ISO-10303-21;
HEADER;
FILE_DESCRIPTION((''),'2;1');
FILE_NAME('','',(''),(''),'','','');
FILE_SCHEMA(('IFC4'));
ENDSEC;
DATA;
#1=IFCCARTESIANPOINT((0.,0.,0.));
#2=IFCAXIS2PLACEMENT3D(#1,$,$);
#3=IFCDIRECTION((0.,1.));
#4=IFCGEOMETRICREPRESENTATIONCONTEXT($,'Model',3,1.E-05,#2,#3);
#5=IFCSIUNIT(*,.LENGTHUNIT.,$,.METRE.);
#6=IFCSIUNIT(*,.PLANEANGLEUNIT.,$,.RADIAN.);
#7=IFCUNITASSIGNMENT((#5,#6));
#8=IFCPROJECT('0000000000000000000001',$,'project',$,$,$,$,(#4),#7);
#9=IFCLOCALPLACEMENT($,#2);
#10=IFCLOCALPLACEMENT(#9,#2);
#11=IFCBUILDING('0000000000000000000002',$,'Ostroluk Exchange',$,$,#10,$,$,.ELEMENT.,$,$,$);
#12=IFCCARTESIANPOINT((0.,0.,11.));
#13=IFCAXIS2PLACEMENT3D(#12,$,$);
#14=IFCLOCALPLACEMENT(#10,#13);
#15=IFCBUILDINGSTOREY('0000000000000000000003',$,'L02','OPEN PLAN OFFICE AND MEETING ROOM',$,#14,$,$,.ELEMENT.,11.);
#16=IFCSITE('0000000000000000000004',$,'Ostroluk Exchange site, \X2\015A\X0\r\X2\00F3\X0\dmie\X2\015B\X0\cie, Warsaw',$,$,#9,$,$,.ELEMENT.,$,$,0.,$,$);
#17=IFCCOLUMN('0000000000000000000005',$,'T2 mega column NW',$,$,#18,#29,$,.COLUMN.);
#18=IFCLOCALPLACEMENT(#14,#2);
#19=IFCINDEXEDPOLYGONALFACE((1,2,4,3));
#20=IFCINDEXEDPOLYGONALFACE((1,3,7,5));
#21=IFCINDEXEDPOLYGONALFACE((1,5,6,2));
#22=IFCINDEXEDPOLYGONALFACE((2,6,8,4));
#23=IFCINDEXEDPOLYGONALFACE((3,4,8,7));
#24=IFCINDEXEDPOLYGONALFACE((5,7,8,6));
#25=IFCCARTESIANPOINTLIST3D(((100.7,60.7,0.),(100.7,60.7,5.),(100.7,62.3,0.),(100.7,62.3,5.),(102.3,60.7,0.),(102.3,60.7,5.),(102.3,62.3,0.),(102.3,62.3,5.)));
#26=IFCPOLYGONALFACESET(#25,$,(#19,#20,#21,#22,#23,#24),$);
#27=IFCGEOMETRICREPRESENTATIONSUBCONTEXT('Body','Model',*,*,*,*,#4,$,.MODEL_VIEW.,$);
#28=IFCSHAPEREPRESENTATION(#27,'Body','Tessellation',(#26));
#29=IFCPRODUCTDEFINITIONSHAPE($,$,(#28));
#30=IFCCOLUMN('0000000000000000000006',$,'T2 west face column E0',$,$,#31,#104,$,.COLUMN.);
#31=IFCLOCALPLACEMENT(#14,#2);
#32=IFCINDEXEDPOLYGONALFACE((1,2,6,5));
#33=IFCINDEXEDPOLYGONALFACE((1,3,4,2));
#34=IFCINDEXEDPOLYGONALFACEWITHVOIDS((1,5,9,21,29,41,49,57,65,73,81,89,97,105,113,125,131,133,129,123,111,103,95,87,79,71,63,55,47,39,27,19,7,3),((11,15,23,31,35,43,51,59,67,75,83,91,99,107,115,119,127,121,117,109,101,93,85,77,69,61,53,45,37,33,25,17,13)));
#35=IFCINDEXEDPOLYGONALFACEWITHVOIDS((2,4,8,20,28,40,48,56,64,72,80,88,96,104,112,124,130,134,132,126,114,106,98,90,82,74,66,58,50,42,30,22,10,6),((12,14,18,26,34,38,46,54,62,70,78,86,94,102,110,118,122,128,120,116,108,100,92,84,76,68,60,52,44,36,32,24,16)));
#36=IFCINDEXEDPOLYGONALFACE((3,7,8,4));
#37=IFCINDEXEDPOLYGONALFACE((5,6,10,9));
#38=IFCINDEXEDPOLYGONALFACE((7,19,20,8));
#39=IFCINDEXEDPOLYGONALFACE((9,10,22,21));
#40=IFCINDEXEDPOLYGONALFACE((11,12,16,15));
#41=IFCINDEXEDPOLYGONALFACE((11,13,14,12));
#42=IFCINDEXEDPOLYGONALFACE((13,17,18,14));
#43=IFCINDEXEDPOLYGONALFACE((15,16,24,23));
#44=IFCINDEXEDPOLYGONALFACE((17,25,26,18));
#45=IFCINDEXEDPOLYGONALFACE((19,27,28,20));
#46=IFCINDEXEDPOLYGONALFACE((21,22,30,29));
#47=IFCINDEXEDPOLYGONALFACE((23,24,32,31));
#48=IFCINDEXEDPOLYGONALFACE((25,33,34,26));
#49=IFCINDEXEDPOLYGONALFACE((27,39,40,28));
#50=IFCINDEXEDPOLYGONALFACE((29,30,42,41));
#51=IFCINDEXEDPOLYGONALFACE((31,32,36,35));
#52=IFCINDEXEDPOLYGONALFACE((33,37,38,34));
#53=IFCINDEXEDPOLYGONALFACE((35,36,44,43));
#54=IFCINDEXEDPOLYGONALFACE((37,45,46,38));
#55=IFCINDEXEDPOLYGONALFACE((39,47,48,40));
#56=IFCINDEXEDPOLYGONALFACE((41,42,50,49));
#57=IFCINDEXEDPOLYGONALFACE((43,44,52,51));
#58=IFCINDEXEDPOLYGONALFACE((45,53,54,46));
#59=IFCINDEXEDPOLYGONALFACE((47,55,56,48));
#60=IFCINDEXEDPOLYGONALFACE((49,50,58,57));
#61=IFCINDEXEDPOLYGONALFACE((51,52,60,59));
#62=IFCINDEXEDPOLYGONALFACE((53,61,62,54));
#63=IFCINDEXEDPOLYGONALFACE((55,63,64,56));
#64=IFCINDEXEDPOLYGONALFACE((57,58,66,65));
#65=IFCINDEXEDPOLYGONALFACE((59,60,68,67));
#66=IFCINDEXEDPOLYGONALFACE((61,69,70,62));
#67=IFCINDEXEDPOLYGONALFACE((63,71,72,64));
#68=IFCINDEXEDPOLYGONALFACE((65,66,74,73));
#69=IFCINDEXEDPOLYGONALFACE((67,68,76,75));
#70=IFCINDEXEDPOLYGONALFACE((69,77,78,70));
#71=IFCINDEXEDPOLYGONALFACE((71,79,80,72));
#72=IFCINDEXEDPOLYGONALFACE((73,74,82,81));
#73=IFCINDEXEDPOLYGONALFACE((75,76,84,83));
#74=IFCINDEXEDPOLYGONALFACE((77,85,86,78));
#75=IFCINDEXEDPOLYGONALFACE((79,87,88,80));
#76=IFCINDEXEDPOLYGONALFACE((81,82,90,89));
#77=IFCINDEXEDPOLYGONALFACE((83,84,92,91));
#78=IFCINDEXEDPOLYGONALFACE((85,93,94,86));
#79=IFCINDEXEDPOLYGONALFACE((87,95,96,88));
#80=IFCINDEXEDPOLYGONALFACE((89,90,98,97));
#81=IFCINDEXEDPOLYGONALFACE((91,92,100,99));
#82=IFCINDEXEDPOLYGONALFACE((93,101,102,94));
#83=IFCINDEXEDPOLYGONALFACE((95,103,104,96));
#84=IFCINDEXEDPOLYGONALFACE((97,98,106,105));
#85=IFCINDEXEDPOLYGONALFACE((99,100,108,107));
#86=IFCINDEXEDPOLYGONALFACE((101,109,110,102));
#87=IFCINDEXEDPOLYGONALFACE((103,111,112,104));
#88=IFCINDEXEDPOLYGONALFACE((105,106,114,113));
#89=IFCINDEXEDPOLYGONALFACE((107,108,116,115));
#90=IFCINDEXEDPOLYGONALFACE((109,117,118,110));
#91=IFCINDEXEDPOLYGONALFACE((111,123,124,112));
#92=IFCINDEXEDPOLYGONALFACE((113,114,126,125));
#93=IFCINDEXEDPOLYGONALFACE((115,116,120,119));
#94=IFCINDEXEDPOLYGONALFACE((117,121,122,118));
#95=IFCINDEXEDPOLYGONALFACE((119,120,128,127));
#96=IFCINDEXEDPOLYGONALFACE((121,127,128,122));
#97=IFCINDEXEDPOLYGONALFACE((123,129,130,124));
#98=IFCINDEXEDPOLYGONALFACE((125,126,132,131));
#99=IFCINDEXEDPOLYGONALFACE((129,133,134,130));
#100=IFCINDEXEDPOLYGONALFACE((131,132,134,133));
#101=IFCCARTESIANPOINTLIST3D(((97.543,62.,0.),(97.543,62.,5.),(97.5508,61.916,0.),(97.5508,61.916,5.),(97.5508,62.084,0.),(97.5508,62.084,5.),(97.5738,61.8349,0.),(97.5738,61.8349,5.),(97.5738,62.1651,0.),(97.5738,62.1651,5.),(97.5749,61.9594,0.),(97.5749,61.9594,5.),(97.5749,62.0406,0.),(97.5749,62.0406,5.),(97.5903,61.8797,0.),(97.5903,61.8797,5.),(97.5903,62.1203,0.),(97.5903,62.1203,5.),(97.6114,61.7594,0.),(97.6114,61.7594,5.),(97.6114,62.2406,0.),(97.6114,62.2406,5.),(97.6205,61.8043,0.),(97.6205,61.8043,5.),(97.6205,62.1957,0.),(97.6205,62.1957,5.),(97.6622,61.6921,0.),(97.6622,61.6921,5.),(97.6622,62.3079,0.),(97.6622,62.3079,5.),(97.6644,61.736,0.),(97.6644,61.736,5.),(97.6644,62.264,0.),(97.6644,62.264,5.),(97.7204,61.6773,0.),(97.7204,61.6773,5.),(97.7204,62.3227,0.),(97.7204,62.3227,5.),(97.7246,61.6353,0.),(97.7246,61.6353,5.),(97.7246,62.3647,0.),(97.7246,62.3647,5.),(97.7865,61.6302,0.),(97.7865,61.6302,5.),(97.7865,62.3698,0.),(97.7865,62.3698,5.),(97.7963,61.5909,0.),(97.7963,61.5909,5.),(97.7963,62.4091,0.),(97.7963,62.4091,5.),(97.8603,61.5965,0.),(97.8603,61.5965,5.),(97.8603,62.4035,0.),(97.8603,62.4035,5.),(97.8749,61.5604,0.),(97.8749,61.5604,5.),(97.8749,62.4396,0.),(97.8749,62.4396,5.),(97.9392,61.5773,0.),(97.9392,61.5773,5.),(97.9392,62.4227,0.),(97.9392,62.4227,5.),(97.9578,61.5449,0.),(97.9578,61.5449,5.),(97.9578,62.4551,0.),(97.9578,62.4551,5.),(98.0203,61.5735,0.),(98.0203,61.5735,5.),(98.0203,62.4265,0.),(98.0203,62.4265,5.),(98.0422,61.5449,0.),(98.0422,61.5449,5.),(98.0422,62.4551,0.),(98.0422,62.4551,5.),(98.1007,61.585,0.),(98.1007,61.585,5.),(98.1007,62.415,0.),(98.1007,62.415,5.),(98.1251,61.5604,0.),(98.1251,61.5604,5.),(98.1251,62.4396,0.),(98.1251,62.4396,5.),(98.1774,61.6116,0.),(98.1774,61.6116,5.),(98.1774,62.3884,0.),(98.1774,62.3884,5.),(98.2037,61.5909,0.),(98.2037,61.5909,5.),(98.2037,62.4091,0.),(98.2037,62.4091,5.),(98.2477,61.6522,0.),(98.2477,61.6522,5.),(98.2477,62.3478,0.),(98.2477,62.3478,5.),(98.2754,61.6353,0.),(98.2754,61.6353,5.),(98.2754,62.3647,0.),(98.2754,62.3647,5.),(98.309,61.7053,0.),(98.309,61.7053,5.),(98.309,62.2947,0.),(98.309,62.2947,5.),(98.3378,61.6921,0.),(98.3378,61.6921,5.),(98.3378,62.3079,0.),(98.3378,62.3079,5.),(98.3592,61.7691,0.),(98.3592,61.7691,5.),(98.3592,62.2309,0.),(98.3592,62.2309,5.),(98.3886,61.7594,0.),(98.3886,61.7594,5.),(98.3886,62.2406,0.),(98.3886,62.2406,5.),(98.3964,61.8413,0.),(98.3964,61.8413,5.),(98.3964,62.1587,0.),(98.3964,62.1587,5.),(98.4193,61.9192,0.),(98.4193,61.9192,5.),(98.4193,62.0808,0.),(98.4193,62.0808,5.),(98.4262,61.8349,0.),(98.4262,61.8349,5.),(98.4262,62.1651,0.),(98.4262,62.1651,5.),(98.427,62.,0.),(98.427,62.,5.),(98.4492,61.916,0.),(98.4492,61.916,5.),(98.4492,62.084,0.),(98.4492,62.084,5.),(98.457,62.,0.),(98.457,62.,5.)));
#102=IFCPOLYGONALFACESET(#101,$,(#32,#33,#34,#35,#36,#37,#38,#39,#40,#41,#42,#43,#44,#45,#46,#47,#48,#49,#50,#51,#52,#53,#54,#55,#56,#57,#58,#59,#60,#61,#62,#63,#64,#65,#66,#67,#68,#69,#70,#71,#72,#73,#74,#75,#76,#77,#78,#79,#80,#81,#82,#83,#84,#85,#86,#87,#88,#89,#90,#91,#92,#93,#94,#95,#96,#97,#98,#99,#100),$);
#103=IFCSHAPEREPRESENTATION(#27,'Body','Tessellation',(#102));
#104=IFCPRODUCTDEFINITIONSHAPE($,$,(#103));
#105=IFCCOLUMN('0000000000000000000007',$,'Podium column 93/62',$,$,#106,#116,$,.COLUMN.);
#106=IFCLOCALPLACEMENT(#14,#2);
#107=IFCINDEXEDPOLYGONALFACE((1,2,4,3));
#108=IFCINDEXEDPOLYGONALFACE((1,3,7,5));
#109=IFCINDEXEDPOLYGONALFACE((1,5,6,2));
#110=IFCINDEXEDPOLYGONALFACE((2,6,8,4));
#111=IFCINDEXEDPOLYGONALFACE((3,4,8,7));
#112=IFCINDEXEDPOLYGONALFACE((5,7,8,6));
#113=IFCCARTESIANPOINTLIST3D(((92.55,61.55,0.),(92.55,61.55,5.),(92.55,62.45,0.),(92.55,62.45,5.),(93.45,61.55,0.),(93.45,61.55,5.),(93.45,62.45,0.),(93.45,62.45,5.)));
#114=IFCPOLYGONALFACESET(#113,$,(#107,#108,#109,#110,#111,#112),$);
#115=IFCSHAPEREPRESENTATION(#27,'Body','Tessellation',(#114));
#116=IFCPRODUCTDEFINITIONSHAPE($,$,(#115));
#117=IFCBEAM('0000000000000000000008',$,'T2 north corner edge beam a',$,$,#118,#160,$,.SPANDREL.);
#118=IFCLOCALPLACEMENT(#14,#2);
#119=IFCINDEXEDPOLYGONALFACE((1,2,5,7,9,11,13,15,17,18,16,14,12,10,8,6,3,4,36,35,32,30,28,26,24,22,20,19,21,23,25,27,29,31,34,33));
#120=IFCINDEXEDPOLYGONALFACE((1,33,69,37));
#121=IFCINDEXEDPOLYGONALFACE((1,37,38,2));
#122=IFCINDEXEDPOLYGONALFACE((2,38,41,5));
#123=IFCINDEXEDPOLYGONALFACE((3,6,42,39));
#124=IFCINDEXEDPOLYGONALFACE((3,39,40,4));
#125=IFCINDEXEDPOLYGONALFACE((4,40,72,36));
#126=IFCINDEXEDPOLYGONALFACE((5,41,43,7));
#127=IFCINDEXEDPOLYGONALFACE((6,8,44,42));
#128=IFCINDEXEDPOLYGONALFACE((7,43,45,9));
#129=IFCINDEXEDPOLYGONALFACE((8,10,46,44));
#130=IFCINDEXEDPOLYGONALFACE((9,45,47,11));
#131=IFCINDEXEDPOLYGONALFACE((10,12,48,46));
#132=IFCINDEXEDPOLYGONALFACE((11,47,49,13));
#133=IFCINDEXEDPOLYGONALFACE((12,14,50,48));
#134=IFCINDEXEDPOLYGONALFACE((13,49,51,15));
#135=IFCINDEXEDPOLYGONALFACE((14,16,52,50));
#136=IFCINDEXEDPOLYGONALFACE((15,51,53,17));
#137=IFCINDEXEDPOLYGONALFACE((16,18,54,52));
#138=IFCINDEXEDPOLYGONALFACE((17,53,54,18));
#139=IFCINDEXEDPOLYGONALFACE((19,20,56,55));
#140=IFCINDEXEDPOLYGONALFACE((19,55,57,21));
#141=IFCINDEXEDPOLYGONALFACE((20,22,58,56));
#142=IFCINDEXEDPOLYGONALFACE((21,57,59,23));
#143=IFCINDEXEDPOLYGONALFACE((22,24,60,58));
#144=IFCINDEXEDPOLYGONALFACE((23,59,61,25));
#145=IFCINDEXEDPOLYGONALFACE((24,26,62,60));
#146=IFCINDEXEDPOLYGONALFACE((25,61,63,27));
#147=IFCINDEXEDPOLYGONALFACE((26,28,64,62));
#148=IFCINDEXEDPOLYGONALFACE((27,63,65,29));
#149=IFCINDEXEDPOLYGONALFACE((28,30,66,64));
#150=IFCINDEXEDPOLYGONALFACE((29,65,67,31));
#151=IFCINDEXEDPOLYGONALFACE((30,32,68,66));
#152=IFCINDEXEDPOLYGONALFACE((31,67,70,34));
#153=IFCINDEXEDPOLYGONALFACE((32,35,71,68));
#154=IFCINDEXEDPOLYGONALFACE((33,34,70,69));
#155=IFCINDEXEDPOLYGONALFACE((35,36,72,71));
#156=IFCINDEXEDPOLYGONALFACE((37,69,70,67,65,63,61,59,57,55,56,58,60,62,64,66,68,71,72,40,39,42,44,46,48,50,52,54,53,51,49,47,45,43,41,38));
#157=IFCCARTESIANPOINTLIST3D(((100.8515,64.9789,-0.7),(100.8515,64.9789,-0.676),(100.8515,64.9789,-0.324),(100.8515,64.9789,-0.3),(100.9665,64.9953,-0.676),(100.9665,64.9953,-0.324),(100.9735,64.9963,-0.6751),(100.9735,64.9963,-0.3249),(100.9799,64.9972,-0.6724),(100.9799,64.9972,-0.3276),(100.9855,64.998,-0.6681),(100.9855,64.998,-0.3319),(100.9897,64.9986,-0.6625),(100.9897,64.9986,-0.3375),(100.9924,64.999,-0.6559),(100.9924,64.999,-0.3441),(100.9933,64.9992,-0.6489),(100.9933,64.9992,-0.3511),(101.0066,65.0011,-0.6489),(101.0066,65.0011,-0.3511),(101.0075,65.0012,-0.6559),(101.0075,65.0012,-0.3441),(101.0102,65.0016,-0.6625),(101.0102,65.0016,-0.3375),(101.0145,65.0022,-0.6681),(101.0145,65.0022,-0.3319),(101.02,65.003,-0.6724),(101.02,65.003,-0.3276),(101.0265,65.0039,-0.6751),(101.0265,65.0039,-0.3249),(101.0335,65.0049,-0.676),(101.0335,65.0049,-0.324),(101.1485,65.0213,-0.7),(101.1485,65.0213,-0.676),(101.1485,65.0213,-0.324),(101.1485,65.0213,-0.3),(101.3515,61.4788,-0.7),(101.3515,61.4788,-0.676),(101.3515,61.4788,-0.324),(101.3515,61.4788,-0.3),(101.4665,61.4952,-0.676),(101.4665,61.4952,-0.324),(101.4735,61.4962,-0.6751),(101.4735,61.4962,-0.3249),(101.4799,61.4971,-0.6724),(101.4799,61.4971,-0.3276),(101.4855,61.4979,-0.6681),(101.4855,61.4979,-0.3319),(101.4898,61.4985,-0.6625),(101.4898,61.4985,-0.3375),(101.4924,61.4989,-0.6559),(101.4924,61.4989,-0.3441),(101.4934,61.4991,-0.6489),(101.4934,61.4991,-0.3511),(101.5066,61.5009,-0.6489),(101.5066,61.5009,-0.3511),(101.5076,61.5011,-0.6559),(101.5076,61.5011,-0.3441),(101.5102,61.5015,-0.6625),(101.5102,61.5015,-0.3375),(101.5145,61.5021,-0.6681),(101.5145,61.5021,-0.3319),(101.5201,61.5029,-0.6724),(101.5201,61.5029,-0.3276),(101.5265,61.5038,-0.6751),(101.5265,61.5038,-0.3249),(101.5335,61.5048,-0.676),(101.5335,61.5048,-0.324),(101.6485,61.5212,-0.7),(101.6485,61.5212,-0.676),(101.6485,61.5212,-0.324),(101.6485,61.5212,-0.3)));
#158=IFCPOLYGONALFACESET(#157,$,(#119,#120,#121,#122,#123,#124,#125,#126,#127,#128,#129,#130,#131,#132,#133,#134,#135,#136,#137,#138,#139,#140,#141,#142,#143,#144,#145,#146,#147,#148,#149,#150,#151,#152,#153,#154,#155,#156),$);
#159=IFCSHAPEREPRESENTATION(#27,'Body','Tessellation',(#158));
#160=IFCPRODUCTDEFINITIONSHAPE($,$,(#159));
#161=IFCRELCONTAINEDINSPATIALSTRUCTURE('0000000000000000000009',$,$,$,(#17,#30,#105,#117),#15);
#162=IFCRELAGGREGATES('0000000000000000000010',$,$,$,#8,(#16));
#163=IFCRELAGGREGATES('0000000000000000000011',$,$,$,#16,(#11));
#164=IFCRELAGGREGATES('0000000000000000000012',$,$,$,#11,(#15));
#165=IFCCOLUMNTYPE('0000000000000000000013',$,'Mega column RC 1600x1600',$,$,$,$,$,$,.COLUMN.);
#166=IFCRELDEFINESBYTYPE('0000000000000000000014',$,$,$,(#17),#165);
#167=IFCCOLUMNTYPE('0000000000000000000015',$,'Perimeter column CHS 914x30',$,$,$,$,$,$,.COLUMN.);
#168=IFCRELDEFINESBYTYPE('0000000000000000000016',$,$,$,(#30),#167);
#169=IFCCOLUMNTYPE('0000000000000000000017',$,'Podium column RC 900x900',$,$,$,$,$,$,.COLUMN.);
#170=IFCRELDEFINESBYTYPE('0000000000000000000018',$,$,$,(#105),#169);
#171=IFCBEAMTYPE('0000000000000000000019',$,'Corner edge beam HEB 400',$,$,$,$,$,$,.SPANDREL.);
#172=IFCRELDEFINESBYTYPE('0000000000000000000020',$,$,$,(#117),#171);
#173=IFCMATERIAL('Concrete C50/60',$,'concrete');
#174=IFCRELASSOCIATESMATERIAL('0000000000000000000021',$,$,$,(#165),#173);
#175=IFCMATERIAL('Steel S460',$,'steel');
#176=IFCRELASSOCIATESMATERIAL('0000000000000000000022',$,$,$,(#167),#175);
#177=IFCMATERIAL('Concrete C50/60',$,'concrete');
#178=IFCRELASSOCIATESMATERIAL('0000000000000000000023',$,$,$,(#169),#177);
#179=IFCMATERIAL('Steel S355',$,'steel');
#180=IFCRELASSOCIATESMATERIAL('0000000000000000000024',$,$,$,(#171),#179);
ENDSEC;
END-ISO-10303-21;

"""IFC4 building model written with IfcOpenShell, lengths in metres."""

from ifc_helpers import new_model, si_unit, direction, frame, origin, origin_2d, place, context, subcontext, project, spatial, rectangle, hollow_circle, i_section, extrude, material, material_profile, profile_set, type_object, element, save


model = new_model("IFC4")

# Units and contexts
model_context = context("Model", 3, precision=1e-05, world=origin(), true_north=direction((0.0, 1.0)))
body_context = subcontext(model_context, "Body", "Model", "MODEL_VIEW")
ifc_project = project(units=[si_unit("LENGTHUNIT", "METRE"), si_unit("PLANEANGLEUNIT", "RADIAN")], contexts=[model_context])

# Site, building, storey
site_placement = place(None, origin())
site = spatial("IfcSite", under=ifc_project, at=site_placement, Name="Ostroluk Exchange site, Śródmieście, Warsaw", CompositionType="ELEMENT", RefElevation=0.0)
building_placement = place(site_placement, origin())
building = spatial("IfcBuilding", under=site, at=building_placement, Name="Ostroluk Exchange", CompositionType="ELEMENT")
storey_placement = place(building_placement, frame((0.0, 0.0, 11.0)))
storey = spatial("IfcBuildingStorey", under=building, at=storey_placement, Name="L02", Description="OPEN PLAN OFFICE AND MEETING ROOM", CompositionType="ELEMENT", Elevation=11.0)

# Columns
ifc_material_1 = material(Name="Concrete C50/60", Category="concrete")
ifc_material_profile_1 = material_profile(ifc_material_1, rectangle(XDim=1.6001, YDim=1.6001, at=origin_2d()), Name="RC 1600x1600")
ifc_profile_set_1 = profile_set([ifc_material_profile_1], Name="Concrete C50/60")
column_type_1 = type_object("IfcColumnType", Name="Mega column RC 1600x1600", PredefinedType="COLUMN", material=ifc_profile_set_1)
column_1_placement = place(storey_placement, frame((101.5, 61.5, 0.0), z_axis=(0.0, 0.0, 1.0), x_axis=(1.0, 0.0, 0.0)))
element("IfcColumn", 1, at=column_1_placement, inside=storey, type_object=column_type_1, Name="T2 mega column NW", PredefinedType="COLUMN", context=body_context, shape_type="SweptSolid", body=[
    extrude(rectangle(XDim=1.6001, YDim=1.6001, at=origin_2d()), origin(), (0.0, 0.0, 1.0), 5.0),
])
ifc_material_2 = material(Name="Steel S460", Category="steel")
ifc_material_profile_2 = material_profile(ifc_material_2, hollow_circle(Radius=0.457, WallThickness=0.03, at=origin_2d()), Name="CHS 914x30")
ifc_profile_set_2 = profile_set([ifc_material_profile_2], Name="Steel S460")
column_type_2 = type_object("IfcColumnType", Name="Perimeter column CHS 914x30", PredefinedType="COLUMN", material=ifc_profile_set_2)
column_2_placement = place(storey_placement, frame((98.0, 62.0, 0.0), z_axis=(0.0, 0.0, 1.0), x_axis=(1.0, 0.0, 0.0)))
element("IfcColumn", 2, at=column_2_placement, inside=storey, type_object=column_type_2, Name="T2 west face column E0", PredefinedType="COLUMN", context=body_context, shape_type="SweptSolid", body=[
    extrude(hollow_circle(Radius=0.457, WallThickness=0.03, at=origin_2d()), origin(), (0.0, 0.0, 1.0), 5.0),
])
ifc_material_3 = material(Name="Concrete C50/60", Category="concrete")
ifc_material_profile_3 = material_profile(ifc_material_3, rectangle(XDim=0.8999, YDim=0.8999, at=origin_2d()), Name="RC 900x900")
ifc_profile_set_3 = profile_set([ifc_material_profile_3], Name="Concrete C50/60")
column_type_3 = type_object("IfcColumnType", Name="Podium column RC 900x900", PredefinedType="COLUMN", material=ifc_profile_set_3)
column_3_placement = place(storey_placement, frame((93.0, 62.0, 0.0), z_axis=(0.0, 0.0, 1.0), x_axis=(1.0, 0.0, 0.0)))
element("IfcColumn", 3, at=column_3_placement, inside=storey, type_object=column_type_3, Name="Podium column 93/62", PredefinedType="COLUMN", context=body_context, shape_type="SweptSolid", body=[
    extrude(rectangle(XDim=0.8999, YDim=0.8999, at=origin_2d()), origin(), (0.0, 0.0, 1.0), 5.0),
])

# Beam
ifc_material_4 = material(Name="Steel S355", Category="steel")
ifc_material_profile_4 = material_profile(ifc_material_4, i_section(OverallWidth=0.3, OverallDepth=0.3999, WebThickness=0.0134, FlangeThickness=0.0239, FilletRadius=0.0271, at=origin_2d()), Name="HEB 400")
ifc_profile_set_4 = profile_set([ifc_material_profile_4], Name="Steel S355")
beam_type_1 = type_object("IfcBeamType", Name="Corner edge beam HEB 400", PredefinedType="SPANDREL", material=ifc_profile_set_4)
for number, where, z_axis, x_axis, name in (
    (4, (101.5, 61.5, -0.5), (-0.141421, 0.989949, 0.0), (-0.989949, -0.141421, 0.0), "T2 north corner edge beam a"),
):
    element("IfcBeam", number, at=place(storey_placement, frame(where, z_axis=z_axis, x_axis=x_axis)), inside=storey, type_object=beam_type_1, Name=name, PredefinedType="SPANDREL", context=body_context, shape_type="SweptSolid", body=[
        extrude(i_section(OverallWidth=0.3, OverallDepth=0.3999, WebThickness=0.0134, FlangeThickness=0.0239, FilletRadius=0.0271, at=origin_2d()), origin(), (0.0, 0.0, 1.0), 3.5356),
    ])

save(model, "model.ifc")
